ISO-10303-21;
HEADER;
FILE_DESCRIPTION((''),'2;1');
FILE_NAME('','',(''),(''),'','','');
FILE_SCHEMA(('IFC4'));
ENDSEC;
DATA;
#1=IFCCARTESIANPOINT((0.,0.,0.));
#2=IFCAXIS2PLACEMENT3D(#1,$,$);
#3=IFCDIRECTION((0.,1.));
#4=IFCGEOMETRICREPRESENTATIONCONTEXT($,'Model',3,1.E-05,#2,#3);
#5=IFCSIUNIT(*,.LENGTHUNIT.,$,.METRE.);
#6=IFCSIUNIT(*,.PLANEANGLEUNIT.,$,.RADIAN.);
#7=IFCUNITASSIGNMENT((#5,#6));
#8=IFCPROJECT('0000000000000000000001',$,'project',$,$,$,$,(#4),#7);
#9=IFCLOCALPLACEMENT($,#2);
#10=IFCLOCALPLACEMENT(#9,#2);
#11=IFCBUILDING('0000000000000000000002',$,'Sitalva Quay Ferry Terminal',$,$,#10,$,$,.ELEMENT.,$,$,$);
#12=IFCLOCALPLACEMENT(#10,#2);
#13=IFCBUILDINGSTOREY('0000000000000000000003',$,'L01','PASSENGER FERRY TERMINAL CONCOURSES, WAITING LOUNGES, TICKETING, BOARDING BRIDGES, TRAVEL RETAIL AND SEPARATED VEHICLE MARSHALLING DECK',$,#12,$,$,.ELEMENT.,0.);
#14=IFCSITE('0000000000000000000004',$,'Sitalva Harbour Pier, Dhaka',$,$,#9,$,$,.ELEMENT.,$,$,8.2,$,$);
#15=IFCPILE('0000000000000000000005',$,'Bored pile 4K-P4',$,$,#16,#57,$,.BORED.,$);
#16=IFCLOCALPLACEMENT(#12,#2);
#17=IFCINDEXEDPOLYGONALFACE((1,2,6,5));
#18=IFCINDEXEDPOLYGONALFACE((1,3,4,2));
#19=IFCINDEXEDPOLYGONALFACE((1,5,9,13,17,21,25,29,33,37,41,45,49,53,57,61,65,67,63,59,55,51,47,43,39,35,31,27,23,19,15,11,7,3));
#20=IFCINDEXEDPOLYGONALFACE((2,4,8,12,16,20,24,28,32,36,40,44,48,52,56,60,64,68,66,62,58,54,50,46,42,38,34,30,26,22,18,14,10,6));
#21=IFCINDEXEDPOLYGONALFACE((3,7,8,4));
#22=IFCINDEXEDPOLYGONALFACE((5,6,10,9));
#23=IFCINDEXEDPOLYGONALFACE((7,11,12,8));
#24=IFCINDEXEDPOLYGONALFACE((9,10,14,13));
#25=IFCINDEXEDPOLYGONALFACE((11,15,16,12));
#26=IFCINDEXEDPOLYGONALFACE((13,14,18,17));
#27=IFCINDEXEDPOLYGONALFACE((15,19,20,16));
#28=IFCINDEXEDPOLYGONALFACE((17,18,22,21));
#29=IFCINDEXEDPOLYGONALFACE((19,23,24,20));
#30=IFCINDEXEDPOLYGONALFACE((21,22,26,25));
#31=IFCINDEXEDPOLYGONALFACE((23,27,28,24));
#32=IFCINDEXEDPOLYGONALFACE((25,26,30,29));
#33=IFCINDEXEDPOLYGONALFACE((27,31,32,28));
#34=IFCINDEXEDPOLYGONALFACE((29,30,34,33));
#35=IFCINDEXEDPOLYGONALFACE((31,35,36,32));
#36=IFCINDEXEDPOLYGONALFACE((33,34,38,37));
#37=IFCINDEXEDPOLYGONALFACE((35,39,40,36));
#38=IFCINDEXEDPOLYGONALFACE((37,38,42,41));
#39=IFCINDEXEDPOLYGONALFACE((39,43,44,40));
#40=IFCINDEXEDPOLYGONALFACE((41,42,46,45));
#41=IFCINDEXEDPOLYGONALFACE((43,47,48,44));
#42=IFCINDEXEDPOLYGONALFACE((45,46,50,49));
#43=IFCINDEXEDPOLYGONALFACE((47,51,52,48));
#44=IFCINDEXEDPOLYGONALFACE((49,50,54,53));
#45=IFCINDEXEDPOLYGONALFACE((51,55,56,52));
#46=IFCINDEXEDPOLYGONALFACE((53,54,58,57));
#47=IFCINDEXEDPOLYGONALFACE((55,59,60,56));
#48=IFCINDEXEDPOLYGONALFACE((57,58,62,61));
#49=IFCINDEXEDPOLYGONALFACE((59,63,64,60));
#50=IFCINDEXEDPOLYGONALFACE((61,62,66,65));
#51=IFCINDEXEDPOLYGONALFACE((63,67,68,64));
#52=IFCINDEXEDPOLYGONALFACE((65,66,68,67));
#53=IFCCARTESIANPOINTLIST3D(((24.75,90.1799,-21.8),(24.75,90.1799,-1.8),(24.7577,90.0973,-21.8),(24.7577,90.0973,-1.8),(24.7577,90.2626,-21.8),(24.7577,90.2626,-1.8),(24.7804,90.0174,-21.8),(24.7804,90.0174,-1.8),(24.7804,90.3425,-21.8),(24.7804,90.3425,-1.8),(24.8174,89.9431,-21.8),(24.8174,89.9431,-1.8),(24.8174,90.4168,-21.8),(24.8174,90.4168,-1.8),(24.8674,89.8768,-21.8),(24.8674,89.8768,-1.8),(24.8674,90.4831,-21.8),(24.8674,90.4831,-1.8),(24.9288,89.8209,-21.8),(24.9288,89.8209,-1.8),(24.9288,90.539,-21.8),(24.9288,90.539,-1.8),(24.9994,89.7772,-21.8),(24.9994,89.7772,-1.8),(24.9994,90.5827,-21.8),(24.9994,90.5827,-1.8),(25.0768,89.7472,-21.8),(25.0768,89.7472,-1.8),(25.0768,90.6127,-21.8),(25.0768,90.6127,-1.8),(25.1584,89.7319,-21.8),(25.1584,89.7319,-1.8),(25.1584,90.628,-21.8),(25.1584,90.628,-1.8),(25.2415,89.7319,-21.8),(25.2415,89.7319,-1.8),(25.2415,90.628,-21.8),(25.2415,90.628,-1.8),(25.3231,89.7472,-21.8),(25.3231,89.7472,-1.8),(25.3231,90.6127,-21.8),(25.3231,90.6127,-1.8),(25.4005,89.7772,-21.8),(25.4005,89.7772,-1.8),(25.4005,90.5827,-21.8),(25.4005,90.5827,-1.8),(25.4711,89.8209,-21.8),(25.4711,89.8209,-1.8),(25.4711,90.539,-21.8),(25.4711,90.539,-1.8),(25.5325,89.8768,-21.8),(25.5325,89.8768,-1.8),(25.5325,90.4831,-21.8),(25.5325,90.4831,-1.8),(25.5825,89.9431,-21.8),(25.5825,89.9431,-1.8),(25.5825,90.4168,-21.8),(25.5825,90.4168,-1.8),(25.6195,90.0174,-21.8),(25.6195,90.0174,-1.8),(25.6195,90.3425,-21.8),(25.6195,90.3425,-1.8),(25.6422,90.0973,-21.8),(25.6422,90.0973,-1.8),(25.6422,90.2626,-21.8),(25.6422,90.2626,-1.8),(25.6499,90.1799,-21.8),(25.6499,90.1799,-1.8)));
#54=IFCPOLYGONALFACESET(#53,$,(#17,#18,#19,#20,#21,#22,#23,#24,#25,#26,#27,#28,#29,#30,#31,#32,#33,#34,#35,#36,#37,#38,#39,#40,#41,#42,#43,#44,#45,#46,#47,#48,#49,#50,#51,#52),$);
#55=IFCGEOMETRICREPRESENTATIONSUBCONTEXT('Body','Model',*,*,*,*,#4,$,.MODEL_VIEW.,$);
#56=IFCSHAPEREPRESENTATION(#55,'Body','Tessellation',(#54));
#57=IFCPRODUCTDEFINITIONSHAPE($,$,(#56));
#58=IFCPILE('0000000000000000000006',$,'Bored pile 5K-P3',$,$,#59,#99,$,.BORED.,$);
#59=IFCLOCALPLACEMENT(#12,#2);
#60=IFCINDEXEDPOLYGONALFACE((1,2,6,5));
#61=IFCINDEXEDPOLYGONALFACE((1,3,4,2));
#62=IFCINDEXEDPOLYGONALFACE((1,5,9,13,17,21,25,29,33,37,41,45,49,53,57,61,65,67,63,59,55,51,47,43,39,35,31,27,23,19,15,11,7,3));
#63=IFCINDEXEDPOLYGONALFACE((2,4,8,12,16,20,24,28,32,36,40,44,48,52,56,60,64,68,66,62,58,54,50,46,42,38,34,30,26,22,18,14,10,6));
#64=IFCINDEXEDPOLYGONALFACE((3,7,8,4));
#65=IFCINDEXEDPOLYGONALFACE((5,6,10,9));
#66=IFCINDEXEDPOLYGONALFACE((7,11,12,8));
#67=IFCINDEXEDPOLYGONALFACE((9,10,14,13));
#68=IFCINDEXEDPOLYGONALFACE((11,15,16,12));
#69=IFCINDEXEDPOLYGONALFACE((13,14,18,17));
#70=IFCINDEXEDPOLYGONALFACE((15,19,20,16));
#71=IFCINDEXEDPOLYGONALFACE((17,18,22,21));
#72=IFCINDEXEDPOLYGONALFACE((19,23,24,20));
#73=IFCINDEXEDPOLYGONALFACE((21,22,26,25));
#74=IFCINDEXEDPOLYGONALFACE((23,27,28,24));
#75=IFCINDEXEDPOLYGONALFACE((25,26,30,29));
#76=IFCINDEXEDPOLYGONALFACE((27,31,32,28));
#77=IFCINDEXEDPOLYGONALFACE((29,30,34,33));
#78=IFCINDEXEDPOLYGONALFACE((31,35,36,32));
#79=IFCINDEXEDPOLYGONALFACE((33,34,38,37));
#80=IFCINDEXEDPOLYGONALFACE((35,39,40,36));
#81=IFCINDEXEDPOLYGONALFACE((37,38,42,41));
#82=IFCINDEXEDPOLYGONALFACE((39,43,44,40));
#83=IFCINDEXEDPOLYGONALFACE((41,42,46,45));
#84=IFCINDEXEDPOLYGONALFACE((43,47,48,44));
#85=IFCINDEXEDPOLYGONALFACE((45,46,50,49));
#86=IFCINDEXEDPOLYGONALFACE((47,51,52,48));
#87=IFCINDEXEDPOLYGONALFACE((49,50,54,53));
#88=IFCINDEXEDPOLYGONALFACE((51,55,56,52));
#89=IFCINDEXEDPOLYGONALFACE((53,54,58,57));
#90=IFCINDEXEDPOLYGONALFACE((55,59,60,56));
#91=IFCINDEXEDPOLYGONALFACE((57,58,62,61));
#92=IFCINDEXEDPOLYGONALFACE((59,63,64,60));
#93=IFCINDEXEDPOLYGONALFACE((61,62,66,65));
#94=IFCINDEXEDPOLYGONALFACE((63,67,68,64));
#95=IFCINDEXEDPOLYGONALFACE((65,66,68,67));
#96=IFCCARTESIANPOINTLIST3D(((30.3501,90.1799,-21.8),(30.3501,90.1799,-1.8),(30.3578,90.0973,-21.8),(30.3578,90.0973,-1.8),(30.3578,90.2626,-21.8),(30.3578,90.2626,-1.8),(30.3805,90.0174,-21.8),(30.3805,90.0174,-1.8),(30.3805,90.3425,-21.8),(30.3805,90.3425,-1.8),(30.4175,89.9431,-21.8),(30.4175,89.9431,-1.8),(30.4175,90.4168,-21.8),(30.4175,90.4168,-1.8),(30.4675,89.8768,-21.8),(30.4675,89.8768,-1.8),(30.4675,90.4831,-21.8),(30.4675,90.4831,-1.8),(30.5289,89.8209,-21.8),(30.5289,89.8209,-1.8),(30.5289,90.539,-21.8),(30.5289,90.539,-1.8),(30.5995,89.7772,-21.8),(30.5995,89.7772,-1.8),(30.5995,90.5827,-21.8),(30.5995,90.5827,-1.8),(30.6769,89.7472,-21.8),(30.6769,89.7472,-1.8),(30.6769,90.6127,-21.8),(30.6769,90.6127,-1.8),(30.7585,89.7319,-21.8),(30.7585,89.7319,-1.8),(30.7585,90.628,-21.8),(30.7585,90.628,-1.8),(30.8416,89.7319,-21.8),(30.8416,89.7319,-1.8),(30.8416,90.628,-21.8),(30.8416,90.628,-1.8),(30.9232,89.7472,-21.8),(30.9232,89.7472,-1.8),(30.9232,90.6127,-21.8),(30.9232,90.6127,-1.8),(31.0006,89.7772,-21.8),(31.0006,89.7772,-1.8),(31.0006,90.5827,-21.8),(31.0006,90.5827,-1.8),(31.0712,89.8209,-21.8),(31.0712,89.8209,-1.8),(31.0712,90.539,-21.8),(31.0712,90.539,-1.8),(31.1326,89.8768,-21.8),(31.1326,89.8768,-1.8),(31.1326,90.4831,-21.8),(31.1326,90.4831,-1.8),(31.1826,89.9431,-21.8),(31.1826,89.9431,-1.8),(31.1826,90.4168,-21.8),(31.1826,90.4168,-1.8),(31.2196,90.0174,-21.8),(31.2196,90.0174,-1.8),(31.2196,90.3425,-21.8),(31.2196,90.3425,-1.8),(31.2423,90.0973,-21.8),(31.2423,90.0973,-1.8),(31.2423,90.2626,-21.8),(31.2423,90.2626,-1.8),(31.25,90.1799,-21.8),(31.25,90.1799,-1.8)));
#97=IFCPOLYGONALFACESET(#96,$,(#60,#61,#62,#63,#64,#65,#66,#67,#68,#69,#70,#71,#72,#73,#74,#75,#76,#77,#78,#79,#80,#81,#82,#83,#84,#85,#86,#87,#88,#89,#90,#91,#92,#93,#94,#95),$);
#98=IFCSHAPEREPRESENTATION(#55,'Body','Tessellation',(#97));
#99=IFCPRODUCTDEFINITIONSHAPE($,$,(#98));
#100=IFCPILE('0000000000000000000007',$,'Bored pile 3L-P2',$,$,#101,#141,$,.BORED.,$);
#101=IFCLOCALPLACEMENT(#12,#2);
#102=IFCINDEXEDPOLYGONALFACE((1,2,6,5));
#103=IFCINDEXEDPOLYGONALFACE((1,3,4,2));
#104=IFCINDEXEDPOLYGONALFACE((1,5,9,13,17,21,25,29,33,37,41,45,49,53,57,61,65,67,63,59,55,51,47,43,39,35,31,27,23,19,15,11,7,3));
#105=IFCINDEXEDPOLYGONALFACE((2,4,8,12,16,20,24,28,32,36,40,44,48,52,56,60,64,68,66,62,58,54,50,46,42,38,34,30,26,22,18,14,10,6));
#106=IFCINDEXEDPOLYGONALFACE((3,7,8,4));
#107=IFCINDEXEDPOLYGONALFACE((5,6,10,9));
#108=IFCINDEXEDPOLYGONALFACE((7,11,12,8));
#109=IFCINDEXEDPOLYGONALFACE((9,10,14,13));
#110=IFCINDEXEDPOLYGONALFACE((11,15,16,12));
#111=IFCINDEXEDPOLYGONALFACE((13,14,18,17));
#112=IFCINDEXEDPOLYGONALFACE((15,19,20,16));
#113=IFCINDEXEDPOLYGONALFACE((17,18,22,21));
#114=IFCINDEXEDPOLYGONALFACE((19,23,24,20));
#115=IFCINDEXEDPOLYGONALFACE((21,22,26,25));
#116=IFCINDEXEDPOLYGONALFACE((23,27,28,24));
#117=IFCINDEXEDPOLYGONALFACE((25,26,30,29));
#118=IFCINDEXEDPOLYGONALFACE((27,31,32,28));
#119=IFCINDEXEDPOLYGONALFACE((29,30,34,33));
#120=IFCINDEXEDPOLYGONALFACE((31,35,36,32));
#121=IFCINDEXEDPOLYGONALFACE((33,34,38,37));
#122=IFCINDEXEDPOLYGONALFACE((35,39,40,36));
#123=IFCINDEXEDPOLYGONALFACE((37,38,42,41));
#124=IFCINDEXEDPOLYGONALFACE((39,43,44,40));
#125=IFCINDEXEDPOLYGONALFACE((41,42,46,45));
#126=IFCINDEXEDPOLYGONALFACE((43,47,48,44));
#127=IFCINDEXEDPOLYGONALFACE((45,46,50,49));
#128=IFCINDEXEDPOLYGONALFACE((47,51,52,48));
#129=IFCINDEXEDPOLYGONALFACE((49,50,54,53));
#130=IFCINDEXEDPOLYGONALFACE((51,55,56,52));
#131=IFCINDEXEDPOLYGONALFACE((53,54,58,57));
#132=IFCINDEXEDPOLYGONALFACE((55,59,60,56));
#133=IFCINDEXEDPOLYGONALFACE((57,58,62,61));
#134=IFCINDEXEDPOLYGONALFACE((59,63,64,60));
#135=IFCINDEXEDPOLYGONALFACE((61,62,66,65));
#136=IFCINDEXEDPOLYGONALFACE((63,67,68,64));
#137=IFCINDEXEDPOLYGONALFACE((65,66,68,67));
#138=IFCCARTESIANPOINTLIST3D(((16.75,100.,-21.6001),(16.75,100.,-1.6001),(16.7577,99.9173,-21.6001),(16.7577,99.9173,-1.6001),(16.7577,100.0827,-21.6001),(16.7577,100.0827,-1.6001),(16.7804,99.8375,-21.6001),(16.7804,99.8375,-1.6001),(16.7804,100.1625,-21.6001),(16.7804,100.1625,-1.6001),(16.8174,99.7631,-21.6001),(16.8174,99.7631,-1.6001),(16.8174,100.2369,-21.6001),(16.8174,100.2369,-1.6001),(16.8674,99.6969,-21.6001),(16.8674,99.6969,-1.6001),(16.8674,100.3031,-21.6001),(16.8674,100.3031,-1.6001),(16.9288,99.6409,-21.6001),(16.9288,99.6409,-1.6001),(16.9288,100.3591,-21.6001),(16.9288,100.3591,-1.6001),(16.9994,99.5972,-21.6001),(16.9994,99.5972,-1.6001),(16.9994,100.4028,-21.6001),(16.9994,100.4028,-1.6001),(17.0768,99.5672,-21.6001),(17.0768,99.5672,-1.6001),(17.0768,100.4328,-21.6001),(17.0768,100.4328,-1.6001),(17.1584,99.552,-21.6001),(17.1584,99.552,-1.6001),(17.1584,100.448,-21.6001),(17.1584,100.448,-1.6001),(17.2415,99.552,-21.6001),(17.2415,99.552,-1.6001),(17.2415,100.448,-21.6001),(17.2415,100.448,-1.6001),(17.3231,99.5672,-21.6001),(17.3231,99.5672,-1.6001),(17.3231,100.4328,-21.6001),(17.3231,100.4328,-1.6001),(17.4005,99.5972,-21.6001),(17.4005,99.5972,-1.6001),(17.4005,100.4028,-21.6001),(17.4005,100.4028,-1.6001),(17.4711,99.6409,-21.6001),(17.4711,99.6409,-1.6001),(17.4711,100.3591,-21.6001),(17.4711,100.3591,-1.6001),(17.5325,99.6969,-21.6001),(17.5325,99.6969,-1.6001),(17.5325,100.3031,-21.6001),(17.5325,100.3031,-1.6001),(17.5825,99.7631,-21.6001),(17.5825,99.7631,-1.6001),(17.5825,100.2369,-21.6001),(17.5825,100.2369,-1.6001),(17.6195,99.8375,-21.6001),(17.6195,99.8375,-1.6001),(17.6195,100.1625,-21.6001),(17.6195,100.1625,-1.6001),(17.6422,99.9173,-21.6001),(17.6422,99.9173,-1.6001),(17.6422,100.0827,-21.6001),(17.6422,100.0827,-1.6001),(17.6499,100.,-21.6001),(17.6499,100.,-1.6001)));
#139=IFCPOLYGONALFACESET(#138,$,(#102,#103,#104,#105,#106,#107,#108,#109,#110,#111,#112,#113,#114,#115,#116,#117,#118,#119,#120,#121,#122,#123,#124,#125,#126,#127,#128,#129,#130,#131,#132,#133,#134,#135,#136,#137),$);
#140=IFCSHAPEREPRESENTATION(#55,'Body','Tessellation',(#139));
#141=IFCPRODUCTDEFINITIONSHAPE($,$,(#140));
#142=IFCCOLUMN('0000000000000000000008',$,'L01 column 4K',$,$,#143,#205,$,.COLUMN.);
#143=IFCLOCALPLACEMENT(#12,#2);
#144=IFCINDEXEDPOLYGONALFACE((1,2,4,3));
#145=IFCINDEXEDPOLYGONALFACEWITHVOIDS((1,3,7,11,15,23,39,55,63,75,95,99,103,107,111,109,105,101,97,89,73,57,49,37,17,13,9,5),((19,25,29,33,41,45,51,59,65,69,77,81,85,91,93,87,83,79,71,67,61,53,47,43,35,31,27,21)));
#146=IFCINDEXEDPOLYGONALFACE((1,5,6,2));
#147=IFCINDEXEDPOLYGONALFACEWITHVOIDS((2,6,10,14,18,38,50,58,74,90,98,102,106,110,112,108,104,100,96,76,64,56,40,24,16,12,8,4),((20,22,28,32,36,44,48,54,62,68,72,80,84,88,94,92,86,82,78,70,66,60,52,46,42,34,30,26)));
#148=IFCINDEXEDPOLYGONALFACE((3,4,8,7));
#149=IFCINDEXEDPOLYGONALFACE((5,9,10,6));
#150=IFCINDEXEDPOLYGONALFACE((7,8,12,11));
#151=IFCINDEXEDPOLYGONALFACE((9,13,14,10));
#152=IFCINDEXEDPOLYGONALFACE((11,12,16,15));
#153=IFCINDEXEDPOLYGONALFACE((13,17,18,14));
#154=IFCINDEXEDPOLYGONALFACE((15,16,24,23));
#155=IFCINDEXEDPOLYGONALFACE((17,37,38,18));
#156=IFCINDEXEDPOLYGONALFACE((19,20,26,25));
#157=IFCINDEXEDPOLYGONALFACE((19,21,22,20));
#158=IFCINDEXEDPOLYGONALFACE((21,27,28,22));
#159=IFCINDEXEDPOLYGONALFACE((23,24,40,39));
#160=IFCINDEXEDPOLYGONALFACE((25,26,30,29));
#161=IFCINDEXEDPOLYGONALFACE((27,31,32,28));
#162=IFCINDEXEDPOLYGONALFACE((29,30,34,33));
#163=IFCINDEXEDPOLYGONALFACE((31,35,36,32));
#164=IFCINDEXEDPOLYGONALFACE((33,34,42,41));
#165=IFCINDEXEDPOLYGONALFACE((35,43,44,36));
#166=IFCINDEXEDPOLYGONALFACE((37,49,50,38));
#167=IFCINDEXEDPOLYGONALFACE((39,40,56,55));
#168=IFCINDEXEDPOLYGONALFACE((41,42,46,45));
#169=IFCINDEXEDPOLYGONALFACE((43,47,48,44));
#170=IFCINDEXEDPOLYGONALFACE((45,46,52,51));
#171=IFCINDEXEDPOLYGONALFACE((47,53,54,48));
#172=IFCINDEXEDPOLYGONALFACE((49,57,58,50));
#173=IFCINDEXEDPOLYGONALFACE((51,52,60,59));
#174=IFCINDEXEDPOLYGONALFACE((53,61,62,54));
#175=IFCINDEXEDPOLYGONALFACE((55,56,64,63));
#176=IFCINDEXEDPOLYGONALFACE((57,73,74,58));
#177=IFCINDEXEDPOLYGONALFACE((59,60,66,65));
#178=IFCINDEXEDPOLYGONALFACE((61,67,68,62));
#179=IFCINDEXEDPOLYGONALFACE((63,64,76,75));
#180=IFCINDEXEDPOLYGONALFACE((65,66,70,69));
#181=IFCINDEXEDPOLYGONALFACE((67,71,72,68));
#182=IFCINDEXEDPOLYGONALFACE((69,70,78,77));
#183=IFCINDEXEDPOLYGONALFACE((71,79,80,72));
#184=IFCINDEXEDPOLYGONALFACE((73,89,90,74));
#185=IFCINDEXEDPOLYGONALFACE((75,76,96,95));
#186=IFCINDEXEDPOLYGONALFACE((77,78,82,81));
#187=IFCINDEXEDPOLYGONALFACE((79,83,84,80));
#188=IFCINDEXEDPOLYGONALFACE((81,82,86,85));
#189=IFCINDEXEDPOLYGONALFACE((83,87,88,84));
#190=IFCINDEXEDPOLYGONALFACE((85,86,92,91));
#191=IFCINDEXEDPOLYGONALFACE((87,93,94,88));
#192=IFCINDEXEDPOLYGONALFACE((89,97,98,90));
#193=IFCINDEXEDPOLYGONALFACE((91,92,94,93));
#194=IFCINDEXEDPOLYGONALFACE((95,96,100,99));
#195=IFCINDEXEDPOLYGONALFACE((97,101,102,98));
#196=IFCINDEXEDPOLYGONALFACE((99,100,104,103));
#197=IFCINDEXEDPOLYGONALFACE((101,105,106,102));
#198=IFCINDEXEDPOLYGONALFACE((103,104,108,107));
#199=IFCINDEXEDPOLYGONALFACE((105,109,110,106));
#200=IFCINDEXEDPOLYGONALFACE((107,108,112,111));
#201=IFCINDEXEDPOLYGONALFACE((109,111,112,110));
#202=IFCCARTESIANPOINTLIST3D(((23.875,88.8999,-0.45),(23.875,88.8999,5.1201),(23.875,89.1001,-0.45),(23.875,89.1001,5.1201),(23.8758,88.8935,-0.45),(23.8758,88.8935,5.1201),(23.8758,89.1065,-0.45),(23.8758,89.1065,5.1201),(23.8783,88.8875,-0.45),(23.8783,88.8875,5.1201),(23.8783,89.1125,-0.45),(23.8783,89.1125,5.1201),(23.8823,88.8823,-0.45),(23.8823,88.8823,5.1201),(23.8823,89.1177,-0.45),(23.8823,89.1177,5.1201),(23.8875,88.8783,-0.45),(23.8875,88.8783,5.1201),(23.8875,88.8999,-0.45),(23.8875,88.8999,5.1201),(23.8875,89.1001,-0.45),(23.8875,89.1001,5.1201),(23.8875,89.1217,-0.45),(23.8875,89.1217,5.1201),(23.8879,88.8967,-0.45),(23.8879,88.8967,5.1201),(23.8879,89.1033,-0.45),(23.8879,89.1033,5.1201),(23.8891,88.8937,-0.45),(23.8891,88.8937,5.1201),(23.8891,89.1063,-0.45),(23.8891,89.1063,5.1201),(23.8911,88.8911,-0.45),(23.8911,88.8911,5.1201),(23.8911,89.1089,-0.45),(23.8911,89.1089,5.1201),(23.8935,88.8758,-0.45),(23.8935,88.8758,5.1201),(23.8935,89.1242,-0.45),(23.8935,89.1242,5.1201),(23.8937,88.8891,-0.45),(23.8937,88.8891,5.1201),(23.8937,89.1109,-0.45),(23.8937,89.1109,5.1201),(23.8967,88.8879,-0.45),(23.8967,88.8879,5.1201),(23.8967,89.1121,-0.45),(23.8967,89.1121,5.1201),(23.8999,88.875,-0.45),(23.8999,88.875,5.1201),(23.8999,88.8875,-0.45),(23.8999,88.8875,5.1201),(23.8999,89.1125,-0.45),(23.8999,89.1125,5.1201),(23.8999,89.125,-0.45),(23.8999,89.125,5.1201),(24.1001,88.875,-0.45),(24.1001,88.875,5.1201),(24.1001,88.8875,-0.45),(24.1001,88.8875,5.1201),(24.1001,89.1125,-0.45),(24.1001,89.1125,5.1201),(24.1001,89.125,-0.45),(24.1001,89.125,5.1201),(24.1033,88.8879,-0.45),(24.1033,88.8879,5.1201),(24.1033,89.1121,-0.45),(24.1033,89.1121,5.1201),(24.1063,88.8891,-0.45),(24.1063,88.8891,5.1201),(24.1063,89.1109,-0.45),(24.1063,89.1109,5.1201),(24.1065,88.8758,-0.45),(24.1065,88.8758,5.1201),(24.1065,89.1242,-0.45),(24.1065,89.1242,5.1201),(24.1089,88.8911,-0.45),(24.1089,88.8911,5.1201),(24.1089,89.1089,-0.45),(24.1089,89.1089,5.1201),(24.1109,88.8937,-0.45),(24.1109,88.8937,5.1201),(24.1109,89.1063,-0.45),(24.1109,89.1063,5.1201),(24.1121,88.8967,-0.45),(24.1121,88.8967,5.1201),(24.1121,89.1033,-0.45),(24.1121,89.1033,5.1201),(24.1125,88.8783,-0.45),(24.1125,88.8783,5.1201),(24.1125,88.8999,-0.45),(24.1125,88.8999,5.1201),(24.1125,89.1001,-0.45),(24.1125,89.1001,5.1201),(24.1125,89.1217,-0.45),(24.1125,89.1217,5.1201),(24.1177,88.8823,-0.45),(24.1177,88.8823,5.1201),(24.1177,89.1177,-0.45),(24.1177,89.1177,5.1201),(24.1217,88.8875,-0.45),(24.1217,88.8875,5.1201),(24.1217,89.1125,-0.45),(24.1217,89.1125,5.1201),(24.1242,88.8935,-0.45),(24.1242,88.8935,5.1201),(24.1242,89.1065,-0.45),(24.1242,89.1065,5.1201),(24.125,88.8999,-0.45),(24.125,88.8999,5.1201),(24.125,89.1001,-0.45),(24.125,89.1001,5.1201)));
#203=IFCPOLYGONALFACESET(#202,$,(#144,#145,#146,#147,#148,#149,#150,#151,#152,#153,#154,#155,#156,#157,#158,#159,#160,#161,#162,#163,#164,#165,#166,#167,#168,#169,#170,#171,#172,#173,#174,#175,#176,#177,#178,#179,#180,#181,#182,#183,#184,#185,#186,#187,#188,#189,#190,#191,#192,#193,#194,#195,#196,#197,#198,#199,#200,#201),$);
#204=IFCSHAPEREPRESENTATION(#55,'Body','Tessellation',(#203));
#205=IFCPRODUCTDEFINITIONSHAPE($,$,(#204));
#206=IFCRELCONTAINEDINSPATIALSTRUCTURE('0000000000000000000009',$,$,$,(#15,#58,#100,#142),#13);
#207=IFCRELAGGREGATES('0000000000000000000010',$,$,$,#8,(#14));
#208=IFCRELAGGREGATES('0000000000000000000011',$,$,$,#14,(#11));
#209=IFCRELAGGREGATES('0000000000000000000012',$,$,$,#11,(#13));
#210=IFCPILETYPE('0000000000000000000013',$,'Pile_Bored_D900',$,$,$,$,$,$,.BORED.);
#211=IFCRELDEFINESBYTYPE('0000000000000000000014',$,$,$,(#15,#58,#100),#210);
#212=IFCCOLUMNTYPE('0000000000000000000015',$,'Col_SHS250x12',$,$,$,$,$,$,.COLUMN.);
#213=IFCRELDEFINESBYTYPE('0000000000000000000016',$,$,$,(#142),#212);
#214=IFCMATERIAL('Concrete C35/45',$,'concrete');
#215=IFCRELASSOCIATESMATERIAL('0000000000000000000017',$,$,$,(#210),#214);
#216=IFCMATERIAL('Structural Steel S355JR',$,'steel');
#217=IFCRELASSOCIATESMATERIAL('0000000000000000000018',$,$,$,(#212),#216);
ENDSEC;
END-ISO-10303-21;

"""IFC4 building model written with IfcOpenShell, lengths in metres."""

from ifc_helpers import new_model, si_unit, direction, frame, origin, origin_2d, place, context, subcontext, project, spatial, hollow_rectangle, circle, extrude, material, material_profile, profile_set, type_object, element, save


model = new_model("IFC4")

# Units and contexts
model_context = context("Model", 3, precision=1e-05, world=origin(), true_north=direction((0.0, 1.0)))
body_context = subcontext(model_context, "Body", "Model", "MODEL_VIEW")
ifc_project = project(units=[si_unit("LENGTHUNIT", "METRE"), si_unit("PLANEANGLEUNIT", "RADIAN")], contexts=[model_context])

# Site, building, storey
site_placement = place(None, origin())
site = spatial("IfcSite", under=ifc_project, at=site_placement, Name="Sitalva Harbour Pier, Dhaka", CompositionType="ELEMENT", RefElevation=8.2)
building_placement = place(site_placement, origin())
building = spatial("IfcBuilding", under=site, at=building_placement, Name="Sitalva Quay Ferry Terminal", CompositionType="ELEMENT")
storey_placement = place(building_placement, origin())
storey = spatial("IfcBuildingStorey", under=building, at=storey_placement, Name="L01", Description="PASSENGER FERRY TERMINAL CONCOURSES, WAITING LOUNGES, TICKETING, BOARDING BRIDGES, TRAVEL RETAIL AND SEPARATED VEHICLE MARSHALLING DECK", CompositionType="ELEMENT", Elevation=0.0)

# Piles
ifc_material_1 = material(Name="Concrete C35/45", Category="concrete")
ifc_material_profile_1 = material_profile(ifc_material_1, circle(Radius=0.45, at=origin_2d()), Name="PILE-D900")
ifc_profile_set_1 = profile_set([ifc_material_profile_1], Name="Concrete C35/45")
pile_type = type_object("IfcPileType", Name="Pile_Bored_D900", PredefinedType="BORED", material=ifc_profile_set_1)
for number, where, z_axis, x_axis, name in (
    (1, (25.2, 90.1799, -1.8), (0.0, 0.0, -1.0), (1.0, 0.0, 0.0), "Bored pile 4K-P4"),
    (2, (30.8, 90.1799, -1.8), (0.0, 0.0, -1.0), (1.0, 0.0, 0.0), "Bored pile 5K-P3"),
    (3, (17.2, 100.0, -1.6001), (0.0, 0.0, -1.0), (1.0, 0.0, 0.0), "Bored pile 3L-P2"),
):
    element("IfcPile", number, at=place(storey_placement, frame(where, z_axis=z_axis, x_axis=x_axis)), inside=storey, type_object=pile_type, Name=name, PredefinedType="BORED", context=body_context, shape_type="SweptSolid", body=[
        extrude(circle(Radius=0.45, at=origin_2d()), origin(), (0.0, 0.0, 1.0), 20.0),
    ])

# Column
ifc_material_2 = material(Name="Structural Steel S355JR", Category="steel")
ifc_material_profile_2 = material_profile(ifc_material_2, hollow_rectangle(XDim=0.25, YDim=0.25, WallThickness=0.0125, InnerFilletRadius=0.0125, OuterFilletRadius=0.0249, at=origin_2d()), Name="SHS250x250x12.5")
ifc_profile_set_2 = profile_set([ifc_material_profile_2], Name="Structural Steel S355JR")
column_type = type_object("IfcColumnType", Name="Col_SHS250x12", PredefinedType="COLUMN", material=ifc_profile_set_2)
for number, where, z_axis, x_axis, name in (
    (4, (24.0, 89.0, -0.45), (0.0, 0.0, 1.0), (1.0, 0.0, 0.0), "L01 column 4K"),
):
    element("IfcColumn", number, at=place(storey_placement, frame(where, z_axis=z_axis, x_axis=x_axis)), inside=storey, type_object=column_type, Name=name, PredefinedType="COLUMN", context=body_context, shape_type="SweptSolid", body=[
        extrude(hollow_rectangle(XDim=0.25, YDim=0.25, WallThickness=0.0125, InnerFilletRadius=0.0125, OuterFilletRadius=0.0249, at=origin_2d()), origin(), (0.0, 0.0, 1.0), 5.5701),
    ])

save(model, "model.ifc")
